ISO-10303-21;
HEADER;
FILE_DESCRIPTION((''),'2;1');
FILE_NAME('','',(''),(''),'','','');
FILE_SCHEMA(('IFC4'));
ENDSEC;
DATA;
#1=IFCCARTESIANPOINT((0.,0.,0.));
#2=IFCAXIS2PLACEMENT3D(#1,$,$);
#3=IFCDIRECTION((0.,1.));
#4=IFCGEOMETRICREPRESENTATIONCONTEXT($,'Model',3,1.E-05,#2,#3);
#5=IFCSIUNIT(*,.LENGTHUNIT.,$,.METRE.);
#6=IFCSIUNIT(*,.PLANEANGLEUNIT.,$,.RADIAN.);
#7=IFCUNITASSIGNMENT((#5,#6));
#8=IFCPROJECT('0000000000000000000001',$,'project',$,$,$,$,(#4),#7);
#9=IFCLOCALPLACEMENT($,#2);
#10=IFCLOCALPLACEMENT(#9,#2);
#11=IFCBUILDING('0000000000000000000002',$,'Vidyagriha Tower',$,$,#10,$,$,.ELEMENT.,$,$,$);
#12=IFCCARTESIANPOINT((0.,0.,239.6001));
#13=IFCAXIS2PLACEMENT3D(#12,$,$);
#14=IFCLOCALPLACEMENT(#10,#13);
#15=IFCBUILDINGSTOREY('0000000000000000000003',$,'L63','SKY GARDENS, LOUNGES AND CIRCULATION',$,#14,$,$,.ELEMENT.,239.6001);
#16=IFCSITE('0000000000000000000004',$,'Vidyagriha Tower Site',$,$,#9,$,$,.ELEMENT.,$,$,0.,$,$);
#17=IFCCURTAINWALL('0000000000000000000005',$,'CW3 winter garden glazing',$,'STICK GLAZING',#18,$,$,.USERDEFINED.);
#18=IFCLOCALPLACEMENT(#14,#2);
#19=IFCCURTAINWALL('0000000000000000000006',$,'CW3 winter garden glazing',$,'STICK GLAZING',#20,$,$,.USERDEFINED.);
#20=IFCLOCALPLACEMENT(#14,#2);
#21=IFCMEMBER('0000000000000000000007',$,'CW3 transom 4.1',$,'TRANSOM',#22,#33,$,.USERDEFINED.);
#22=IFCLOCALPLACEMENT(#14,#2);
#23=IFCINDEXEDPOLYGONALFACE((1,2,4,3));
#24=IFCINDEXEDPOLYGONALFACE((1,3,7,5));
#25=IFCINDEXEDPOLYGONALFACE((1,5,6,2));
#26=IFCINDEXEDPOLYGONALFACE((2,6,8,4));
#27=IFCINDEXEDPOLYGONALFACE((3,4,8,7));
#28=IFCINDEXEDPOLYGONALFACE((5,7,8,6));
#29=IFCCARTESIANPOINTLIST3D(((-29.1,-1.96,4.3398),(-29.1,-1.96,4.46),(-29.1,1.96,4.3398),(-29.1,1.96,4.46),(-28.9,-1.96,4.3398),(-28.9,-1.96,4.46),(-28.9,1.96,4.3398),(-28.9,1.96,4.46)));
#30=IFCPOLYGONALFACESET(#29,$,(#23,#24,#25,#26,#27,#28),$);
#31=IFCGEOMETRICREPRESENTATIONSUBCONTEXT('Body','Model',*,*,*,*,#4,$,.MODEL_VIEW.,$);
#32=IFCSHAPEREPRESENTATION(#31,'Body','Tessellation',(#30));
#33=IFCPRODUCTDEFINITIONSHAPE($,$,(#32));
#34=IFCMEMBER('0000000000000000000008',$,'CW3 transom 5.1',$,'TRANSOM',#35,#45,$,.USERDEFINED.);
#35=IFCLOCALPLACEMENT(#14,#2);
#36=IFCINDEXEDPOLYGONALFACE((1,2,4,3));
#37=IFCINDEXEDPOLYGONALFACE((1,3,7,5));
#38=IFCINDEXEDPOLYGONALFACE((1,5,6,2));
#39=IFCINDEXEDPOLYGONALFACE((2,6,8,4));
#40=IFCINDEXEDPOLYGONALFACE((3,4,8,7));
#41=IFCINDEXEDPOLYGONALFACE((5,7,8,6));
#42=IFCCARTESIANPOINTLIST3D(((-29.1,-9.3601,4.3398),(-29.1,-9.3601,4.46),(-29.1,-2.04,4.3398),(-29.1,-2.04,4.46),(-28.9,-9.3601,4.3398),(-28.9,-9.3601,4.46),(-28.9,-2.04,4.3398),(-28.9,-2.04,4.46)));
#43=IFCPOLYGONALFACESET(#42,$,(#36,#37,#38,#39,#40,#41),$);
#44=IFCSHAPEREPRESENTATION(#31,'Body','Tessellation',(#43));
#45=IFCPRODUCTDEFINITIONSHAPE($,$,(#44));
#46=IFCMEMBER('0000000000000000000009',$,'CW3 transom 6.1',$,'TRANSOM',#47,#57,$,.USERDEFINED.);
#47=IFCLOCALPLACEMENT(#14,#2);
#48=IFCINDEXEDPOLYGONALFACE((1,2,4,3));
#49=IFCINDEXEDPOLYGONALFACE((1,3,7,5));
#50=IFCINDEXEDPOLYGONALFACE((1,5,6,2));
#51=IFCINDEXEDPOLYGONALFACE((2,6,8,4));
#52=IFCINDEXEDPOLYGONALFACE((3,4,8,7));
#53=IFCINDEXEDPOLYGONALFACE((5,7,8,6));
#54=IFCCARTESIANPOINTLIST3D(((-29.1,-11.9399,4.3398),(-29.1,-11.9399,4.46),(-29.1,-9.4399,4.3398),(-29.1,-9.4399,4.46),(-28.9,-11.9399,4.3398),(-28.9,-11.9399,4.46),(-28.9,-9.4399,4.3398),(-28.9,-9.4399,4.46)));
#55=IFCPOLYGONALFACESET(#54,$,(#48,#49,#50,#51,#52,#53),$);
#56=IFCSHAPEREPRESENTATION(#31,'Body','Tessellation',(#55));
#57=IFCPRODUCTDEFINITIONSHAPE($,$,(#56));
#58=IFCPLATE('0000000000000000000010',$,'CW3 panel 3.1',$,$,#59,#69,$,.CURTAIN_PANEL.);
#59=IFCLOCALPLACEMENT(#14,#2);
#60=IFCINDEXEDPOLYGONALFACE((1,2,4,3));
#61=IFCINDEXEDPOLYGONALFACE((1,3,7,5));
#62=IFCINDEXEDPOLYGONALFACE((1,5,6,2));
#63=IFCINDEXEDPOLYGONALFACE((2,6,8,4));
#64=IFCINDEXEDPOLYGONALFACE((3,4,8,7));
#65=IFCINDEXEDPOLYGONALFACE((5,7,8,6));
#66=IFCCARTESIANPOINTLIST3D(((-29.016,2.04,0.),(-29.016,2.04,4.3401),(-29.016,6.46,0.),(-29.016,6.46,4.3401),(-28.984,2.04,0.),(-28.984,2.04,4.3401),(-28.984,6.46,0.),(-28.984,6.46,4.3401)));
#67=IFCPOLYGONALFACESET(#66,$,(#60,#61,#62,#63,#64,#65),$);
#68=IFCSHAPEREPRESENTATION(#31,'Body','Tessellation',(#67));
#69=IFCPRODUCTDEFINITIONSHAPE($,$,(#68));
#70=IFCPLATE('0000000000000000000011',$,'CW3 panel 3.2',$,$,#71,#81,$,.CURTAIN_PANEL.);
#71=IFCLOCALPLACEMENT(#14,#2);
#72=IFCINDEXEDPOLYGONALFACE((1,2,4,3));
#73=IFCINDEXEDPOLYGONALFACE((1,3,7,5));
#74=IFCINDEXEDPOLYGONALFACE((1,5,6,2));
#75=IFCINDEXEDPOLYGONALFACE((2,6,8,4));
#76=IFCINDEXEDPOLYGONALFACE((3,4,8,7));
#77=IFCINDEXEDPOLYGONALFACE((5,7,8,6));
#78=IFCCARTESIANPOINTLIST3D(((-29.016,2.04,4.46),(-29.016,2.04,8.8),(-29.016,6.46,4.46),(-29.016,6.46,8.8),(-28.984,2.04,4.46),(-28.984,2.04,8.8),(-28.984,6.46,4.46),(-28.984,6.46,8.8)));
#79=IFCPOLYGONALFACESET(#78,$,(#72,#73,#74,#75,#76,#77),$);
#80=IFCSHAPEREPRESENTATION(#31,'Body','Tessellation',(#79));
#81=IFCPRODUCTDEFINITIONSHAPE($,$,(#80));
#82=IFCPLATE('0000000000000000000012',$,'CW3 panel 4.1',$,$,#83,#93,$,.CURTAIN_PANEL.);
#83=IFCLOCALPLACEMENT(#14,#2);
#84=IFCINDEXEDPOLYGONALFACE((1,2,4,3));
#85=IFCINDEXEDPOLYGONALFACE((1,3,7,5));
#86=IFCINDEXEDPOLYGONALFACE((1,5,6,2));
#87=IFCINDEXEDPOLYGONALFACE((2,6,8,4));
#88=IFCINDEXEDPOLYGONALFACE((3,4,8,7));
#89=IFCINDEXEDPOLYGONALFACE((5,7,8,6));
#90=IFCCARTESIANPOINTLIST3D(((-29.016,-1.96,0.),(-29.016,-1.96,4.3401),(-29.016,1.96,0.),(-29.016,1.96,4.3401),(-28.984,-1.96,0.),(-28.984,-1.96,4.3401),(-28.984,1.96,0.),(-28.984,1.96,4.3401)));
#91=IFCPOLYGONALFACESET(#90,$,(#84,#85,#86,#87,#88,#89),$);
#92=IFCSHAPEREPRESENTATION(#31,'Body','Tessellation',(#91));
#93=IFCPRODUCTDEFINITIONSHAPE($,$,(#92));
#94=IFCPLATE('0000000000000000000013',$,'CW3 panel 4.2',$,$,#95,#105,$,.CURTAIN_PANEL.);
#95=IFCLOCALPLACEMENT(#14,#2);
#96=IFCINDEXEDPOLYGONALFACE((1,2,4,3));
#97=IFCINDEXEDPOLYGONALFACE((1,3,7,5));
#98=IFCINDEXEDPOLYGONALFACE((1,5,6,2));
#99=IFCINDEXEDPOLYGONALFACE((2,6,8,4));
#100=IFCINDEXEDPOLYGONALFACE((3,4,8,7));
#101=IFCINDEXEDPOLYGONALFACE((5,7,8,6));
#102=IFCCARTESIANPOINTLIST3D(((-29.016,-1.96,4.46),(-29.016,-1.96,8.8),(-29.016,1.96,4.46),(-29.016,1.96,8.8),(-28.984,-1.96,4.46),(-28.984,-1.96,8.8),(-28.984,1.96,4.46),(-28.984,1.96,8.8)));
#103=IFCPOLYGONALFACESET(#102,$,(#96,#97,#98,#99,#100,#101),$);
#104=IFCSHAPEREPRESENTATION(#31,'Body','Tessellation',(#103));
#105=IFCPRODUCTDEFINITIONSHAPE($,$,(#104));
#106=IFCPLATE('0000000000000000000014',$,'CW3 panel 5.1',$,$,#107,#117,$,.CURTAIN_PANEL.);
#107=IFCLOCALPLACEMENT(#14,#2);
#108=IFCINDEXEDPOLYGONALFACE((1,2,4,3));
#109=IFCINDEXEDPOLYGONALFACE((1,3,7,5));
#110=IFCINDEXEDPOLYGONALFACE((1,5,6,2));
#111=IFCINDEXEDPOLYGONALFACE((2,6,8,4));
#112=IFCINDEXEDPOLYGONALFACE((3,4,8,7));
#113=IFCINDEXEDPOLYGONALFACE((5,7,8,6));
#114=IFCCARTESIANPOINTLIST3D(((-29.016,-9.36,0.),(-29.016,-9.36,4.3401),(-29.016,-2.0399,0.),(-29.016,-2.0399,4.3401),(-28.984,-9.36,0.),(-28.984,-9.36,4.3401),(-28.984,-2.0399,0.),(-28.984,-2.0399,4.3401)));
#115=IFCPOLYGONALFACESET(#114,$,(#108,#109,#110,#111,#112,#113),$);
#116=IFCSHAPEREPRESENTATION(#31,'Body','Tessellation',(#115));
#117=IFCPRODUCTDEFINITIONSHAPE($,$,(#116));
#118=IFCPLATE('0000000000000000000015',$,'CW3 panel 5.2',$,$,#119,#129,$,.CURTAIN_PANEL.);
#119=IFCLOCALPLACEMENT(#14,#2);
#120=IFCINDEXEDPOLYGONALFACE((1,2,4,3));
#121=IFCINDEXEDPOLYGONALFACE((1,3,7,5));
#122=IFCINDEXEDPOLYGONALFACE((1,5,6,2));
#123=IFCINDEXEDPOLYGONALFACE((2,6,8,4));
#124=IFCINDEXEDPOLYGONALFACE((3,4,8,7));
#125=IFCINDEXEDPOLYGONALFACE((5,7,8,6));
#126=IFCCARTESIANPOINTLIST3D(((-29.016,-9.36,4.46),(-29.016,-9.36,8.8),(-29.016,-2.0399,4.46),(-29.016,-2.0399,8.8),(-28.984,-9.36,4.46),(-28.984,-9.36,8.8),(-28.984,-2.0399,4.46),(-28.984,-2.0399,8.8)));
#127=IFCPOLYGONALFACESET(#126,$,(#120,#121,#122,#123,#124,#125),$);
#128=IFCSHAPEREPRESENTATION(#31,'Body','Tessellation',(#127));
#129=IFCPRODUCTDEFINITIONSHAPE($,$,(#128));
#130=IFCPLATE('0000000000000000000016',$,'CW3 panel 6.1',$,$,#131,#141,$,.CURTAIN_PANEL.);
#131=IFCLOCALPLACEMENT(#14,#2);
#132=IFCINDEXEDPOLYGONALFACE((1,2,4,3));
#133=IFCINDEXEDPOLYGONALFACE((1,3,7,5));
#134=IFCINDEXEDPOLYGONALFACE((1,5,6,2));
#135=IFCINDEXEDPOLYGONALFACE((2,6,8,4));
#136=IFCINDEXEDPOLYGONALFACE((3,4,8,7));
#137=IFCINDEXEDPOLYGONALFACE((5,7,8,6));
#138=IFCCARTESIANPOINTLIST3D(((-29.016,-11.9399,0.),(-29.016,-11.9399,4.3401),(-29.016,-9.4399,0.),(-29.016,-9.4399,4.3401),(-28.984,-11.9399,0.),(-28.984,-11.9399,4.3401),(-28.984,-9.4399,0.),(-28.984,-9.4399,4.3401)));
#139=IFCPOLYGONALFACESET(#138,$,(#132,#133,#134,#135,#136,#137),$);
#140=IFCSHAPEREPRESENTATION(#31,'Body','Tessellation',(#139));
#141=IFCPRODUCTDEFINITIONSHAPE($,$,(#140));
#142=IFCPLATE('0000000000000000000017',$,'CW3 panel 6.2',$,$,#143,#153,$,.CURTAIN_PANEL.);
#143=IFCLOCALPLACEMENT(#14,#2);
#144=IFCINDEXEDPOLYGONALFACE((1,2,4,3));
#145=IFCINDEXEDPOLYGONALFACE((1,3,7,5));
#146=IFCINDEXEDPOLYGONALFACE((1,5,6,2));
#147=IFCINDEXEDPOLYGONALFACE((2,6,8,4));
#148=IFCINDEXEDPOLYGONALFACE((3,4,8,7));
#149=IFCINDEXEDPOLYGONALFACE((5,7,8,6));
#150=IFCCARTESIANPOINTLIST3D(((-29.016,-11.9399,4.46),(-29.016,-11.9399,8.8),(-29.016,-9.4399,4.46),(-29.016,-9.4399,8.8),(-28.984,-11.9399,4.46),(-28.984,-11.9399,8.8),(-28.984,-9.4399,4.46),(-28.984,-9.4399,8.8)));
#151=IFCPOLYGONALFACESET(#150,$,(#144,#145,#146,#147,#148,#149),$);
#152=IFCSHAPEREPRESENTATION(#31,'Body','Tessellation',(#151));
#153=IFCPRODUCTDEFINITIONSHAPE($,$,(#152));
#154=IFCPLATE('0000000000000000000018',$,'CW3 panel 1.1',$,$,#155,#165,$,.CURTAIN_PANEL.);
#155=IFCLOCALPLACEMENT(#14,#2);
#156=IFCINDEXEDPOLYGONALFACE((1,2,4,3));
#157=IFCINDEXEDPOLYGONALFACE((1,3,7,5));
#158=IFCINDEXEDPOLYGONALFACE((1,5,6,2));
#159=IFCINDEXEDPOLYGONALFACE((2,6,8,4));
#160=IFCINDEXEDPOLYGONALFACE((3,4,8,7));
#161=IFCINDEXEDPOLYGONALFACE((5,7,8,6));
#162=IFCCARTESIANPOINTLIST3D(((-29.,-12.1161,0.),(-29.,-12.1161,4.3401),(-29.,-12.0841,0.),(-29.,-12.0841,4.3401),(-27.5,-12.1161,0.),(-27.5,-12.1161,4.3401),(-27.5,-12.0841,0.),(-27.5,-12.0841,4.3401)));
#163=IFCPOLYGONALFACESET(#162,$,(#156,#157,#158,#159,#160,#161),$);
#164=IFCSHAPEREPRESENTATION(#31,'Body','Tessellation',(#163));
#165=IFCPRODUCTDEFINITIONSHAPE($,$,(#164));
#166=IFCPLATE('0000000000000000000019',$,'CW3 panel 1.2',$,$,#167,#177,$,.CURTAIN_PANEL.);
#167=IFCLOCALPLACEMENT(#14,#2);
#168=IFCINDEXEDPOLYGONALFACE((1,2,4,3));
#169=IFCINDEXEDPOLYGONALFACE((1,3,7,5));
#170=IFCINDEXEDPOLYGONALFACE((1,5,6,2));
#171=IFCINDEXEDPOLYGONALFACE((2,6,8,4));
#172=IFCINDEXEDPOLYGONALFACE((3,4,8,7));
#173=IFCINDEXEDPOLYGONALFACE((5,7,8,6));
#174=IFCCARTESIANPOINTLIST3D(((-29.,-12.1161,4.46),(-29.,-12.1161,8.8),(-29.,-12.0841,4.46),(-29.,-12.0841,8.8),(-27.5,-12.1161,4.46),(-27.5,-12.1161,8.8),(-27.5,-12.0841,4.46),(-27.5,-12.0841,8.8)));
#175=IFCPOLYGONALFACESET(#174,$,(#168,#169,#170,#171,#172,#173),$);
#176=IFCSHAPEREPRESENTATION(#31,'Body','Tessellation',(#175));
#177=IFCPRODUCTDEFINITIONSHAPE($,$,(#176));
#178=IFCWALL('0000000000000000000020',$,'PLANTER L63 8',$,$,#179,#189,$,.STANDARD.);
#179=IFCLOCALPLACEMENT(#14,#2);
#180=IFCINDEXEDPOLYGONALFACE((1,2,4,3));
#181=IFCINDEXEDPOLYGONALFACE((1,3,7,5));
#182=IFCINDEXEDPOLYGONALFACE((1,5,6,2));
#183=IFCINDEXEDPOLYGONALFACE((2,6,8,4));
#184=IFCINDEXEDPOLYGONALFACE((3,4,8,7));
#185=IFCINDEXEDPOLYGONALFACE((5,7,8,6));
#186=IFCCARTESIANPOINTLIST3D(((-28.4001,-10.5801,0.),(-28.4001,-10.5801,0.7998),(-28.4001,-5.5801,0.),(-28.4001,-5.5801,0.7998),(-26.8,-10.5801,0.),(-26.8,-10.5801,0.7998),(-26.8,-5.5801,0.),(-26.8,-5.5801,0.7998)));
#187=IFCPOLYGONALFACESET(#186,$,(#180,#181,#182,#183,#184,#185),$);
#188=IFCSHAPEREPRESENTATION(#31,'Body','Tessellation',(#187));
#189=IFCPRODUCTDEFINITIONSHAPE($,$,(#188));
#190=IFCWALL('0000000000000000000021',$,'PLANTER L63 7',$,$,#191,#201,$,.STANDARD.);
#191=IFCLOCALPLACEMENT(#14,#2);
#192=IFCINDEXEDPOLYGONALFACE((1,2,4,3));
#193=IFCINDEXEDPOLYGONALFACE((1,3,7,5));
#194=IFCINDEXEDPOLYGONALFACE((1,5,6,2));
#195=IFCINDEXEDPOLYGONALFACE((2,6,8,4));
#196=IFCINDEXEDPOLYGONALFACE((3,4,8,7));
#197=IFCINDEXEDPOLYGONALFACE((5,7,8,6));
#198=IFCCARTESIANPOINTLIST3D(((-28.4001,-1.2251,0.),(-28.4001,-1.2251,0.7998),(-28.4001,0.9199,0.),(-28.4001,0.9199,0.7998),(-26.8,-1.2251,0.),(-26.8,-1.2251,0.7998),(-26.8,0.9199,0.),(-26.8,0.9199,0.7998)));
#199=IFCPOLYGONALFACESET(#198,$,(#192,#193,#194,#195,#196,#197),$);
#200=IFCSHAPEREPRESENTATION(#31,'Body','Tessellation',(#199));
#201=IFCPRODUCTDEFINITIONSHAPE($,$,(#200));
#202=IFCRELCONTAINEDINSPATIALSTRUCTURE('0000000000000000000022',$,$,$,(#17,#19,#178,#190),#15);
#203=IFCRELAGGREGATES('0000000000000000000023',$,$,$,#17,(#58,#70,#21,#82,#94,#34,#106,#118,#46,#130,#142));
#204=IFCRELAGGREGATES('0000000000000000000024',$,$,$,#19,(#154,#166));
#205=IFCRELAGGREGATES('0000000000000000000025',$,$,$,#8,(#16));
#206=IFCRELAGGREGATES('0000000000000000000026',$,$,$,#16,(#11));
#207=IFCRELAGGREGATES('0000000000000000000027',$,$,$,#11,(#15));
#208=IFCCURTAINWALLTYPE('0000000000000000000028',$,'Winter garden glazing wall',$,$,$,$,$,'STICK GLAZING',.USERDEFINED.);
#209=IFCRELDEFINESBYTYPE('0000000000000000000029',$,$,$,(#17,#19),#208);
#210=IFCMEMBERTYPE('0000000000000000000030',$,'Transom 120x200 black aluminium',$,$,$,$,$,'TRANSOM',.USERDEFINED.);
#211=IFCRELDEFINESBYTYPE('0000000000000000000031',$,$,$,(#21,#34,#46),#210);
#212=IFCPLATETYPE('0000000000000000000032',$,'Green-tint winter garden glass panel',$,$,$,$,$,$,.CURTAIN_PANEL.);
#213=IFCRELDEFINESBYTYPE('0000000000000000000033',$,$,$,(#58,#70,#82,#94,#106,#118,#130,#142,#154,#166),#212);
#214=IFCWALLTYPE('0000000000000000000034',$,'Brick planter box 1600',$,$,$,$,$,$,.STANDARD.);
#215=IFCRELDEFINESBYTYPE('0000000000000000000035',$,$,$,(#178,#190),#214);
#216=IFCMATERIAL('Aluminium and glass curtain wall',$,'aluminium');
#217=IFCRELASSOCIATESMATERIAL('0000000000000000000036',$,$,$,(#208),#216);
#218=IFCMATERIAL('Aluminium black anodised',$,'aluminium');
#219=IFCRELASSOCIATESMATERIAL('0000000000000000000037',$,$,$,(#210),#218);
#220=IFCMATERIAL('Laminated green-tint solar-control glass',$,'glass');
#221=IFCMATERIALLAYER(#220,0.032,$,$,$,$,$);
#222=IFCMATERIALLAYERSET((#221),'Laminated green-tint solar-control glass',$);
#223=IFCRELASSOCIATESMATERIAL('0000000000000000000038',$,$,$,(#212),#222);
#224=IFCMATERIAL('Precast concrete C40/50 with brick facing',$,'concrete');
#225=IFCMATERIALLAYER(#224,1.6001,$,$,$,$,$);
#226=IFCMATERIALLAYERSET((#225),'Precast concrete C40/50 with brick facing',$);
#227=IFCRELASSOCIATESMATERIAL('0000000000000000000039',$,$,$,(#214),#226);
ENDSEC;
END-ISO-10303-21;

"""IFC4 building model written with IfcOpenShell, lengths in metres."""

from ifc_helpers import new_model, si_unit, direction, frame, frame_2d, origin, origin_2d, place, context, subcontext, project, spatial, rectangle, extrude, material, layer, layer_set, material_profile, profile_set, type_object, element, aggregate, save


model = new_model("IFC4")

# Units and contexts
model_context = context("Model", 3, precision=1e-05, world=origin(), true_north=direction((0.0, 1.0)))
body_context = subcontext(model_context, "Body", "Model", "MODEL_VIEW")
ifc_project = project(units=[si_unit("LENGTHUNIT", "METRE"), si_unit("PLANEANGLEUNIT", "RADIAN")], contexts=[model_context])

# Site, building, storey
site_placement = place(None, origin())
site = spatial("IfcSite", under=ifc_project, at=site_placement, Name="Vidyagriha Tower Site", CompositionType="ELEMENT", RefElevation=0.0)
building_placement = place(site_placement, origin())
building = spatial("IfcBuilding", under=site, at=building_placement, Name="Vidyagriha Tower", CompositionType="ELEMENT")
storey_placement = place(building_placement, frame((0.0, 0.0, 239.6001)))
storey = spatial("IfcBuildingStorey", under=building, at=storey_placement, Name="L63", Description="SKY GARDENS, LOUNGES AND CIRCULATION", CompositionType="ELEMENT", Elevation=239.6001)

# Curtain wall
ifc_material_1 = material(Name="Aluminium and glass curtain wall", Category="aluminium")
curtain_wall_type = type_object("IfcCurtainWallType", Name="Winter garden glazing wall", ElementType="STICK GLAZING", PredefinedType="USERDEFINED", material=ifc_material_1)
curtain_wall_1_placement = place(storey_placement, origin())
curtain_wall_1 = element("IfcCurtainWall", 1, at=curtain_wall_1_placement, inside=storey, type_object=curtain_wall_type, Name="CW3 winter garden glazing", ObjectType="STICK GLAZING", PredefinedType="USERDEFINED")

# Curtain wall
curtain_wall_2_placement = place(storey_placement, origin())
curtain_wall_2 = element("IfcCurtainWall", 2, at=curtain_wall_2_placement, inside=storey, type_object=curtain_wall_type, Name="CW3 winter garden glazing", ObjectType="STICK GLAZING", PredefinedType="USERDEFINED")

# Members
ifc_material_2 = material(Name="Aluminium black anodised", Category="aluminium")
ifc_material_profile_1 = material_profile(ifc_material_2, rectangle(XDim=0.2, YDim=0.1201, at=origin_2d()), Name="Transom 120x200 black aluminium")
ifc_profile_set_1 = profile_set([ifc_material_profile_1], Name="Aluminium black anodised")
member_type_1 = type_object("IfcMemberType", Name="Transom 120x200 black aluminium", ElementType="TRANSOM", PredefinedType="USERDEFINED", material=ifc_profile_set_1)
member_1_placement = place(storey_placement, frame((-29.0, 1.96, 4.3999), z_axis=(0.0, -1.0, 0.0), x_axis=(1.0, 0.0, 0.0)))
member_1 = element("IfcMember", 3, at=member_1_placement, type_object=member_type_1, Name="CW3 transom 4.1", ObjectType="TRANSOM", PredefinedType="USERDEFINED", context=body_context, shape_type="SweptSolid", body=[
    extrude(rectangle(XDim=0.2, YDim=0.1201, at=origin_2d()), origin(), (0.0, 0.0, 1.0), 3.9199),
])
member_2_placement = place(storey_placement, frame((-29.0, -2.04, 4.3999), z_axis=(0.0, -1.0, 0.0), x_axis=(1.0, 0.0, 0.0)))
member_2 = element("IfcMember", 4, at=member_2_placement, type_object=member_type_1, Name="CW3 transom 5.1", ObjectType="TRANSOM", PredefinedType="USERDEFINED", context=body_context, shape_type="SweptSolid", body=[
    extrude(rectangle(XDim=0.2, YDim=0.1201, at=origin_2d()), origin(), (0.0, 0.0, 1.0), 7.3201),
])
member_3_placement = place(storey_placement, frame((-29.0, -9.4399, 4.3999), z_axis=(0.0, -1.0, 0.0), x_axis=(1.0, 0.0, 0.0)))
member_3 = element("IfcMember", 5, at=member_3_placement, type_object=member_type_1, Name="CW3 transom 6.1", ObjectType="TRANSOM", PredefinedType="USERDEFINED", context=body_context, shape_type="SweptSolid", body=[
    extrude(rectangle(XDim=0.2, YDim=0.1201, at=origin_2d()), origin(), (0.0, 0.0, 1.0), 2.5),
])

# Plates
ifc_material_3 = material(Name="Laminated green-tint solar-control glass", Category="glass")
ifc_layer_1 = layer(ifc_material_3, 0.032)
ifc_layer_set_1 = layer_set([ifc_layer_1], Name="Laminated green-tint solar-control glass")
plate_type = type_object("IfcPlateType", Name="Green-tint winter garden glass panel", PredefinedType="CURTAIN_PANEL", material=ifc_layer_set_1)
plate_1_placement = place(storey_placement, frame((-29.0, 4.25, 0.0), z_axis=(0.0, 0.0, 1.0), x_axis=(0.0, -1.0, 0.0)))
plate_1 = element("IfcPlate", 6, at=plate_1_placement, type_object=plate_type, Name="CW3 panel 3.1", PredefinedType="CURTAIN_PANEL", context=body_context, shape_type="SweptSolid", body=[
    extrude(rectangle(XDim=4.4199, YDim=0.032, at=origin_2d()), origin(), (0.0, 0.0, 1.0), 4.3401),
])
plate_2_placement = place(storey_placement, frame((-29.0, 4.25, 4.46), z_axis=(0.0, 0.0, 1.0), x_axis=(0.0, -1.0, 0.0)))
plate_2 = element("IfcPlate", 7, at=plate_2_placement, type_object=plate_type, Name="CW3 panel 3.2", PredefinedType="CURTAIN_PANEL", context=body_context, shape_type="SweptSolid", body=[
    extrude(rectangle(XDim=4.4199, YDim=0.032, at=origin_2d()), origin(), (0.0, 0.0, 1.0), 4.3401),
])
plate_3_placement = place(storey_placement, frame((-29.0, 0.0, 0.0), z_axis=(0.0, 0.0, 1.0), x_axis=(0.0, -1.0, 0.0)))
plate_3 = element("IfcPlate", 8, at=plate_3_placement, type_object=plate_type, Name="CW3 panel 4.1", PredefinedType="CURTAIN_PANEL", context=body_context, shape_type="SweptSolid", body=[
    extrude(rectangle(XDim=3.9199, YDim=0.032, at=origin_2d()), origin(), (0.0, 0.0, 1.0), 4.3401),
])
plate_4_placement = place(storey_placement, frame((-29.0, 0.0, 4.46), z_axis=(0.0, 0.0, 1.0), x_axis=(0.0, -1.0, 0.0)))
plate_4 = element("IfcPlate", 9, at=plate_4_placement, type_object=plate_type, Name="CW3 panel 4.2", PredefinedType="CURTAIN_PANEL", context=body_context, shape_type="SweptSolid", body=[
    extrude(rectangle(XDim=3.9199, YDim=0.032, at=origin_2d()), origin(), (0.0, 0.0, 1.0), 4.3401),
])
plate_5_placement = place(storey_placement, frame((-29.0, -5.7, 0.0), z_axis=(0.0, 0.0, 1.0), x_axis=(0.0, -1.0, 0.0)))
plate_5 = element("IfcPlate", 10, at=plate_5_placement, type_object=plate_type, Name="CW3 panel 5.1", PredefinedType="CURTAIN_PANEL", context=body_context, shape_type="SweptSolid", body=[
    extrude(rectangle(XDim=7.3201, YDim=0.032, at=origin_2d()), origin(), (0.0, 0.0, 1.0), 4.3401),
])
plate_6_placement = place(storey_placement, frame((-29.0, -5.7, 4.46), z_axis=(0.0, 0.0, 1.0), x_axis=(0.0, -1.0, 0.0)))
plate_6 = element("IfcPlate", 11, at=plate_6_placement, type_object=plate_type, Name="CW3 panel 5.2", PredefinedType="CURTAIN_PANEL", context=body_context, shape_type="SweptSolid", body=[
    extrude(rectangle(XDim=7.3201, YDim=0.032, at=origin_2d()), origin(), (0.0, 0.0, 1.0), 4.3401),
])
plate_7_placement = place(storey_placement, frame((-29.0, -10.6899, 0.0), z_axis=(0.0, 0.0, 1.0), x_axis=(0.0, -1.0, 0.0)))
plate_7 = element("IfcPlate", 12, at=plate_7_placement, type_object=plate_type, Name="CW3 panel 6.1", PredefinedType="CURTAIN_PANEL", context=body_context, shape_type="SweptSolid", body=[
    extrude(rectangle(XDim=2.5, YDim=0.032, at=origin_2d()), origin(), (0.0, 0.0, 1.0), 4.3401),
])
plate_8_placement = place(storey_placement, frame((-29.0, -10.6899, 4.46), z_axis=(0.0, 0.0, 1.0), x_axis=(0.0, -1.0, 0.0)))
plate_8 = element("IfcPlate", 13, at=plate_8_placement, type_object=plate_type, Name="CW3 panel 6.2", PredefinedType="CURTAIN_PANEL", context=body_context, shape_type="SweptSolid", body=[
    extrude(rectangle(XDim=2.5, YDim=0.032, at=origin_2d()), origin(), (0.0, 0.0, 1.0), 4.3401),
])
aggregate(curtain_wall_1, [plate_1, plate_2, member_1, plate_3, plate_4, member_2, plate_5, plate_6, member_3, plate_7, plate_8])
plate_9_placement = place(storey_placement, frame((-28.25, -12.1001, 0.0)))
plate_9 = element("IfcPlate", 14, at=plate_9_placement, type_object=plate_type, Name="CW3 panel 1.1", PredefinedType="CURTAIN_PANEL", context=body_context, shape_type="SweptSolid", body=[
    extrude(rectangle(XDim=1.5, YDim=0.032, at=origin_2d()), origin(), (0.0, 0.0, 1.0), 4.3401),
])
plate_10_placement = place(storey_placement, frame((-28.25, -12.1001, 4.46)))
plate_10 = element("IfcPlate", 15, at=plate_10_placement, type_object=plate_type, Name="CW3 panel 1.2", PredefinedType="CURTAIN_PANEL", context=body_context, shape_type="SweptSolid", body=[
    extrude(rectangle(XDim=1.5, YDim=0.032, at=origin_2d()), origin(), (0.0, 0.0, 1.0), 4.3401),
])
aggregate(curtain_wall_2, [plate_9, plate_10])

# Walls
ifc_material_4 = material(Name="Precast concrete C40/50 with brick facing", Category="concrete")
ifc_layer_2 = layer(ifc_material_4, 1.6001)
ifc_layer_set_2 = layer_set([ifc_layer_2], Name="Precast concrete C40/50 with brick facing")
wall_type_1 = type_object("IfcWallType", Name="Brick planter box 1600", PredefinedType="STANDARD", material=ifc_layer_set_2)
wall_1_placement = place(storey_placement, frame((-27.6001, -5.5801, 0.0), z_axis=(0.0, 0.0, 1.0), x_axis=(0.0, -1.0, 0.0)))
element("IfcWall", 16, at=wall_1_placement, inside=storey, type_object=wall_type_1, Name="PLANTER L63 8", PredefinedType="STANDARD", context=body_context, shape_type="SweptSolid", body=[
    extrude(rectangle(XDim=5.0, YDim=1.6001, at=frame_2d((2.5, 0.0))), origin(), (0.0, 0.0, 1.0), 0.7998),
])
wall_2_placement = place(storey_placement, frame((-27.6001, 0.9199, 0.0), z_axis=(0.0, 0.0, 1.0), x_axis=(0.0, -1.0, 0.0)))
element("IfcWall", 17, at=wall_2_placement, inside=storey, type_object=wall_type_1, Name="PLANTER L63 7", PredefinedType="STANDARD", context=body_context, shape_type="SweptSolid", body=[
    extrude(rectangle(XDim=2.145, YDim=1.6001, at=frame_2d((1.0725, 0.0))), origin(), (0.0, 0.0, 1.0), 0.7998),
])

save(model, "model.ifc")
